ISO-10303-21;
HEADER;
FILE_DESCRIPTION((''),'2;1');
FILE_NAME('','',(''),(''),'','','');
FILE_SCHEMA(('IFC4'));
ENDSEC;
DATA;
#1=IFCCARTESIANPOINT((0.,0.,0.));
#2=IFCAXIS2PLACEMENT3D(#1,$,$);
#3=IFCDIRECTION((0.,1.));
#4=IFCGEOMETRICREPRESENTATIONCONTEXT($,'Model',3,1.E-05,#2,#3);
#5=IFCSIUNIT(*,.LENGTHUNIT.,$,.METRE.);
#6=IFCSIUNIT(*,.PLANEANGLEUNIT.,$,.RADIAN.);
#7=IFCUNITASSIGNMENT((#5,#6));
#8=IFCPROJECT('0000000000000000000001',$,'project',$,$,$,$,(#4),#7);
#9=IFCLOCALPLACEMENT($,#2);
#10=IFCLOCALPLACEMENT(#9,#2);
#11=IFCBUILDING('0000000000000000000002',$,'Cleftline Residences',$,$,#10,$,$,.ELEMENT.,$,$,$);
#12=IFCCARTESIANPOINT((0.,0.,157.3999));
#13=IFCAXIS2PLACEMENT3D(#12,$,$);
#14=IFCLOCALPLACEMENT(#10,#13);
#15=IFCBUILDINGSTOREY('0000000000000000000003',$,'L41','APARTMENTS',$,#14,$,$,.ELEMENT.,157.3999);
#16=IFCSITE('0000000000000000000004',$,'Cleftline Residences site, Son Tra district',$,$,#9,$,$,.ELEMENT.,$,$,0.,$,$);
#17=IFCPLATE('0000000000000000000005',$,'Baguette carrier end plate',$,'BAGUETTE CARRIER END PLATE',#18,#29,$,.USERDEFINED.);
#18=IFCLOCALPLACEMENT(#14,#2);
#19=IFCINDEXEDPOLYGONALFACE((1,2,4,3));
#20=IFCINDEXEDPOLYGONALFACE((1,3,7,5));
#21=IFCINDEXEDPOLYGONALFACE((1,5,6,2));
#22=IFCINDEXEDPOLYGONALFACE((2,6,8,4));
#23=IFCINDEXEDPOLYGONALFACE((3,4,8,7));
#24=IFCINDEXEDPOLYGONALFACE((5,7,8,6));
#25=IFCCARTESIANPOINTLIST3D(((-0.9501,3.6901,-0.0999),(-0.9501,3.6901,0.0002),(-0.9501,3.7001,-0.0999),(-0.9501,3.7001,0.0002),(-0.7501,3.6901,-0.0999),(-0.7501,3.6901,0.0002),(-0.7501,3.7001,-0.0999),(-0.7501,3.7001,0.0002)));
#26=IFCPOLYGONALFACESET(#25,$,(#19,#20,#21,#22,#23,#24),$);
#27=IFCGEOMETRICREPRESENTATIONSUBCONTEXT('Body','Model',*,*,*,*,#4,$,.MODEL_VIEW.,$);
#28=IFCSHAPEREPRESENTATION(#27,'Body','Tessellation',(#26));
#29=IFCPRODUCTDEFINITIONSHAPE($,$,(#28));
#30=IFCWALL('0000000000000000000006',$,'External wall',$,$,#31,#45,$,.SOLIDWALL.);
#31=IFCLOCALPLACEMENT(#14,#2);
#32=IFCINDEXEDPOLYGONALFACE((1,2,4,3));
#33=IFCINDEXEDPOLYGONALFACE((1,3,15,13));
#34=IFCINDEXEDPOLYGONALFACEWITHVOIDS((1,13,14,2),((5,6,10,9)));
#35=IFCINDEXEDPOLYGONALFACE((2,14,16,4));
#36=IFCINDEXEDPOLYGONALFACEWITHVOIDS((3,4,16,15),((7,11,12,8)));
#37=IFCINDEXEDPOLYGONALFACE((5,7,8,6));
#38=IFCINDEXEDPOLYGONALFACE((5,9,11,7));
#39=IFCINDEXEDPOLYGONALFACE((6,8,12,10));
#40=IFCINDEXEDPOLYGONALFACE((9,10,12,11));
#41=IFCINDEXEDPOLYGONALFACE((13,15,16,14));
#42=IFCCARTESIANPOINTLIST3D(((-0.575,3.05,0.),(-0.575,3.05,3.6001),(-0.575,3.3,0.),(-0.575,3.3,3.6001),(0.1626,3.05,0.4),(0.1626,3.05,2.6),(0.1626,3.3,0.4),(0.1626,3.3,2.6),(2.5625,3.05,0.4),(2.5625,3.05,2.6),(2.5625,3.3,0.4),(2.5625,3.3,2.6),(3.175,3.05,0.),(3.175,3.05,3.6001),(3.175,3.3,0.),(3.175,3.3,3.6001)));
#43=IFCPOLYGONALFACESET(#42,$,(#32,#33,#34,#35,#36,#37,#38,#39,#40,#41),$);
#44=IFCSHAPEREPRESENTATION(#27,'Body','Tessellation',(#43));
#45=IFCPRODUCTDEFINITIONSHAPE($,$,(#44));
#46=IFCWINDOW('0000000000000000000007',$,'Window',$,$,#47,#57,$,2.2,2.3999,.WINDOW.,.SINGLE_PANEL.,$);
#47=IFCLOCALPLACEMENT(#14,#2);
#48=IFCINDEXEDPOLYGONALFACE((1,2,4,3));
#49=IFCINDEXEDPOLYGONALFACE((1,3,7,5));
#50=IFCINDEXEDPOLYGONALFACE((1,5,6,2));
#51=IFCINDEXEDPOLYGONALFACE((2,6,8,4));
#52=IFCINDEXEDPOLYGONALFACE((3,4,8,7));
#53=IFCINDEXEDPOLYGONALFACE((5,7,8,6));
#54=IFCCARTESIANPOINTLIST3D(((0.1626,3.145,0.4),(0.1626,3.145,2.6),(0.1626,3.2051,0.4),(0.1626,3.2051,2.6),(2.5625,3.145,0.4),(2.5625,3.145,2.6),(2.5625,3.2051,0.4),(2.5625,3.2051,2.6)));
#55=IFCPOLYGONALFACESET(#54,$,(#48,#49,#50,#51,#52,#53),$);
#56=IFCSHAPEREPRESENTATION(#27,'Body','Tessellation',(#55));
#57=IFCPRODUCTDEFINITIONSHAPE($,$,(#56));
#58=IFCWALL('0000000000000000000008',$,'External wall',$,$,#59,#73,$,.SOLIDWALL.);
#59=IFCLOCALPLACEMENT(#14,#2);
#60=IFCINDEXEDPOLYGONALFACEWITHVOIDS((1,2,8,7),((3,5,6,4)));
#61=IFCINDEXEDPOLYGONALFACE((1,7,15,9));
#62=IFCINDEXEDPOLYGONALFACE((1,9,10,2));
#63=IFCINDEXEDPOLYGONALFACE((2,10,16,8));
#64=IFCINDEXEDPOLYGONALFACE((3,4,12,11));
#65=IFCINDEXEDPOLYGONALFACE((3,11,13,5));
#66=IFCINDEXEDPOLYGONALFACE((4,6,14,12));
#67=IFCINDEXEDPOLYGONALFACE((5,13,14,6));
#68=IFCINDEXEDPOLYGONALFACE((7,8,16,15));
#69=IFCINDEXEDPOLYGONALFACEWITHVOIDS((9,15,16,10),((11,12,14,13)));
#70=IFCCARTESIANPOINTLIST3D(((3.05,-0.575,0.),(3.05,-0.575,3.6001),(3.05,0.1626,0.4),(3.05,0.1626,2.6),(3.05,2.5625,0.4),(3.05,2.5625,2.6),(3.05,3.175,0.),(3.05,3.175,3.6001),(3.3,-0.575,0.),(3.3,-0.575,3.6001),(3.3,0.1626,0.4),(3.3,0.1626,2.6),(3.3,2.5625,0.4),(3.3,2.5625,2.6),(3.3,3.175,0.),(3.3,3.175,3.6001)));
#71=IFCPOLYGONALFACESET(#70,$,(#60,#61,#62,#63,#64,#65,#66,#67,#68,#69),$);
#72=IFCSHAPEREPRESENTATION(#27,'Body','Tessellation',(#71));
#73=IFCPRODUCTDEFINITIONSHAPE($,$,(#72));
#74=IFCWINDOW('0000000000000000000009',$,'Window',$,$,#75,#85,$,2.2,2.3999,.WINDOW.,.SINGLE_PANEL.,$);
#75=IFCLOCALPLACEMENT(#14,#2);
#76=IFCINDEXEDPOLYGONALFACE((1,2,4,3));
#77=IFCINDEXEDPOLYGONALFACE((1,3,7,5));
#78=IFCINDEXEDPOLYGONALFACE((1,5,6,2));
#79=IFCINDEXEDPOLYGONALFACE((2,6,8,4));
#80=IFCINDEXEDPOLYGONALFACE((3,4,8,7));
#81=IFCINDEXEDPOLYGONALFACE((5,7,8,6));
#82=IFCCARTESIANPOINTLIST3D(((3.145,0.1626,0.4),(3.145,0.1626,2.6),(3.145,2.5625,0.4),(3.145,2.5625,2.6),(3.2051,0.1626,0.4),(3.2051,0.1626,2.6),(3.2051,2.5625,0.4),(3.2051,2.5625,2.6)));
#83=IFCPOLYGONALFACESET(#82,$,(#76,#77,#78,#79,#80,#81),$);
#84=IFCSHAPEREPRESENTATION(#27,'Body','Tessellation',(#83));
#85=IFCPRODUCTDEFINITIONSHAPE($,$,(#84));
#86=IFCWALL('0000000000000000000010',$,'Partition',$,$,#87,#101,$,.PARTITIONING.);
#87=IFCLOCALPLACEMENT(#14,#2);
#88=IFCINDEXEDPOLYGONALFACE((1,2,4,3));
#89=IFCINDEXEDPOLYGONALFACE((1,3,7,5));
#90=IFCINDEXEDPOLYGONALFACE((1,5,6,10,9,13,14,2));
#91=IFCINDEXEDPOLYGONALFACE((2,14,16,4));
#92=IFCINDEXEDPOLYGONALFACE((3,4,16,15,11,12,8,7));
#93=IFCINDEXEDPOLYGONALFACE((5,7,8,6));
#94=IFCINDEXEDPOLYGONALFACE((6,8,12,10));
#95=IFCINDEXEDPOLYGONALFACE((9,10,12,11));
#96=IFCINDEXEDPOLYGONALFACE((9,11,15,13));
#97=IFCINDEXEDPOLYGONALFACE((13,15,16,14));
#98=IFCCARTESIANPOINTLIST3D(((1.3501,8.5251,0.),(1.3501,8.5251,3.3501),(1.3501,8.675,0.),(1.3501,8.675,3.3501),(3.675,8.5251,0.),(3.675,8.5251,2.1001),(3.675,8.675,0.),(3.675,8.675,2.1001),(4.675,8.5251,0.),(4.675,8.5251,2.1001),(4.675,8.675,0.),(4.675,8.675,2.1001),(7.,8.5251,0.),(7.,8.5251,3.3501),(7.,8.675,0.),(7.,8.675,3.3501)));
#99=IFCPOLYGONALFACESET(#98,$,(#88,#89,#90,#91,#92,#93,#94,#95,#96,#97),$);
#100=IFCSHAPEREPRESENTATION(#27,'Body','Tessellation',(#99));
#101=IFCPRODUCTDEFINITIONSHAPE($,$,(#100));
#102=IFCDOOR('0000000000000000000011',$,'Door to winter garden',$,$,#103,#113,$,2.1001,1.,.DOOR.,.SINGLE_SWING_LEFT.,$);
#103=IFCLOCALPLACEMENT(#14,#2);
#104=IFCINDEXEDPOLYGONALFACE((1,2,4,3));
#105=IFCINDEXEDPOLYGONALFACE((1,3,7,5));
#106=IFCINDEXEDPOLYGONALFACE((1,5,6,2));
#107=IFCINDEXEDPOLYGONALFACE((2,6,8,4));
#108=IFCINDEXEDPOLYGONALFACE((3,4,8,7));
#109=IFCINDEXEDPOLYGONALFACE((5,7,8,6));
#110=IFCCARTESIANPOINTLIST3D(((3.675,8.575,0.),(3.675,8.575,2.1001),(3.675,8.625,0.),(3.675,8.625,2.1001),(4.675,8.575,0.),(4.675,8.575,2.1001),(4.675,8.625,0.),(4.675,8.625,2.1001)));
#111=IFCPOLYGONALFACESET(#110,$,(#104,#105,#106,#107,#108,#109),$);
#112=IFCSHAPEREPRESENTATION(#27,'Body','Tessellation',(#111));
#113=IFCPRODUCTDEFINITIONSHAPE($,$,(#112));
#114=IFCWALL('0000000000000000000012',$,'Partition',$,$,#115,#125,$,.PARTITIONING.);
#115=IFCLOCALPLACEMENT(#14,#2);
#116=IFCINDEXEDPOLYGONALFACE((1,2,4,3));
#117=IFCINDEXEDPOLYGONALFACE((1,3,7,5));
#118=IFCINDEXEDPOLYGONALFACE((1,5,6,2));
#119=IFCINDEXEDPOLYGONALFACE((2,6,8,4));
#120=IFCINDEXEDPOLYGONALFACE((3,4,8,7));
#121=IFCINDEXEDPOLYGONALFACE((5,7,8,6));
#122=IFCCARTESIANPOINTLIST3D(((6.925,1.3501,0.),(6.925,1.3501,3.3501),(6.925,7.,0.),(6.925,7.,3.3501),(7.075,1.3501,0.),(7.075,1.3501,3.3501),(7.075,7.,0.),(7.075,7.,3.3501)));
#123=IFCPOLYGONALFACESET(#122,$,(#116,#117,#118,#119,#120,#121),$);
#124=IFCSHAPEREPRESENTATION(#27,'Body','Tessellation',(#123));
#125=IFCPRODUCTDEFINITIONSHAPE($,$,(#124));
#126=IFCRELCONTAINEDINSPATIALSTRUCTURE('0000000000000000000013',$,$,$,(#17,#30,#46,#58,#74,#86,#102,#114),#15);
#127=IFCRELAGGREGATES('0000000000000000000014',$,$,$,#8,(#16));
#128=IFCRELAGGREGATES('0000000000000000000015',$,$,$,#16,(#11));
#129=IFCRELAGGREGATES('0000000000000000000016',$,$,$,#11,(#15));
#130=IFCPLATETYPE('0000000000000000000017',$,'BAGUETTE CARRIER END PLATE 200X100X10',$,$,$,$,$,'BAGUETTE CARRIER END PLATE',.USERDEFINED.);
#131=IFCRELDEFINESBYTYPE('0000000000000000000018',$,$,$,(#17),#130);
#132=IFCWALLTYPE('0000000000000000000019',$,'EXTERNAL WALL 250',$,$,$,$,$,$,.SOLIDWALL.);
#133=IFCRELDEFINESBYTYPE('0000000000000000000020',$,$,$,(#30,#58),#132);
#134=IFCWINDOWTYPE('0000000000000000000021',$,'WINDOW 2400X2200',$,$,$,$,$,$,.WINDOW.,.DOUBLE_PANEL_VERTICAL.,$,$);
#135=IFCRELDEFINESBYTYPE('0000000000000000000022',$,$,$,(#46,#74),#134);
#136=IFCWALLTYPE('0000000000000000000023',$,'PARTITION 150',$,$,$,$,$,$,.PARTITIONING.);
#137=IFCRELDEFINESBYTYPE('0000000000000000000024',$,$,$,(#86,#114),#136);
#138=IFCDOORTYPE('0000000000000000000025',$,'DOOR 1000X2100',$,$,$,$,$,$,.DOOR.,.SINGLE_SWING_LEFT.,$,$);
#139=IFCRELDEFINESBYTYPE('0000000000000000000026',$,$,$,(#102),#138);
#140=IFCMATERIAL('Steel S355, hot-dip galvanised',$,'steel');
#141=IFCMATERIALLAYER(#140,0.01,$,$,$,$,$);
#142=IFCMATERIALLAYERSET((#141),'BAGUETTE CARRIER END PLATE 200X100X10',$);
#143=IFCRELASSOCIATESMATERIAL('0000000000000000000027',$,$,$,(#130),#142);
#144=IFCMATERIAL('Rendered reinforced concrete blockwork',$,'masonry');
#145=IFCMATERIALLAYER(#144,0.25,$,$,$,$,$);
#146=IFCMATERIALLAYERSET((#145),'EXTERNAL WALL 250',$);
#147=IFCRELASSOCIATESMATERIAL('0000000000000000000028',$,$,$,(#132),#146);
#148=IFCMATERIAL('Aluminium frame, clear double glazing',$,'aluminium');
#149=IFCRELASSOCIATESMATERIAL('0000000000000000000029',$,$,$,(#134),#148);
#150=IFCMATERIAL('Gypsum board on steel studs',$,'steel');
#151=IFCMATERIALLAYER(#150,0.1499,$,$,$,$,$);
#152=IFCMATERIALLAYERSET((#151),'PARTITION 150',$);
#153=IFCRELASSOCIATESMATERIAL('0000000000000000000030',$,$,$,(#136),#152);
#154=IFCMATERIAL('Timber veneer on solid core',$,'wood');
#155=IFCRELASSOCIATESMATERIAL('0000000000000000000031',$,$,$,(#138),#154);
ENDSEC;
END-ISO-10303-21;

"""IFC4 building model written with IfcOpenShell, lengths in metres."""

from ifc_helpers import new_model, si_unit, direction, frame, frame_2d, origin, origin_2d, place, context, subcontext, project, spatial, rectangle, extrude, material, layer, layer_set, type_object, element, fill, save


model = new_model("IFC4")

# Units and contexts
model_context = context("Model", 3, precision=1e-05, world=origin(), true_north=direction((0.0, 1.0)))
body_context = subcontext(model_context, "Body", "Model", "MODEL_VIEW")
ifc_project = project(units=[si_unit("LENGTHUNIT", "METRE"), si_unit("PLANEANGLEUNIT", "RADIAN")], contexts=[model_context])

# Site, building, storey
site_placement = place(None, origin())
site = spatial("IfcSite", under=ifc_project, at=site_placement, Name="Cleftline Residences site, Son Tra district", CompositionType="ELEMENT", RefElevation=0.0)
building_placement = place(site_placement, origin())
building = spatial("IfcBuilding", under=site, at=building_placement, Name="Cleftline Residences", CompositionType="ELEMENT")
storey_placement = place(building_placement, frame((0.0, 0.0, 157.3999)))
storey = spatial("IfcBuildingStorey", under=building, at=storey_placement, Name="L41", Description="APARTMENTS", CompositionType="ELEMENT", Elevation=157.3999)

# Plate
ifc_material_1 = material(Name="Steel S355, hot-dip galvanised", Category="steel")
ifc_layer_1 = layer(ifc_material_1, 0.01)
ifc_layer_set_1 = layer_set([ifc_layer_1], Name="BAGUETTE CARRIER END PLATE 200X100X10")
plate_type = type_object("IfcPlateType", Name="BAGUETTE CARRIER END PLATE 200X100X10", ElementType="BAGUETTE CARRIER END PLATE", PredefinedType="USERDEFINED", material=ifc_layer_set_1)
plate_placement = place(storey_placement, frame((-0.8501, 3.6951, -0.0999), z_axis=(0.0, 0.0, 1.0), x_axis=(-1.0, 0.0, 0.0)))
element("IfcPlate", 1, at=plate_placement, inside=storey, type_object=plate_type, Name="Baguette carrier end plate", ObjectType="BAGUETTE CARRIER END PLATE", PredefinedType="USERDEFINED", context=body_context, shape_type="SweptSolid", body=[
    extrude(rectangle(XDim=0.2, YDim=0.01, at=origin_2d()), origin(), (0.0, 0.0, 1.0), 0.1001),
])

# Walls, openings, windows
ifc_material_2 = material(Name="Rendered reinforced concrete blockwork", Category="masonry")
ifc_layer_2 = layer(ifc_material_2, 0.25)
ifc_layer_set_2 = layer_set([ifc_layer_2], Name="EXTERNAL WALL 250")
wall_type_1 = type_object("IfcWallType", Name="EXTERNAL WALL 250", PredefinedType="SOLIDWALL", material=ifc_layer_set_2)
wall_1_placement = place(storey_placement, frame((-0.575, 3.175, 0.0), z_axis=(0.0, 0.0, 1.0), x_axis=(1.0, 0.0, 0.0)))
wall_1 = element("IfcWall", 2, at=wall_1_placement, inside=storey, type_object=wall_type_1, Name="External wall", PredefinedType="SOLIDWALL", context=body_context, shape_type="SweptSolid", body=[
    extrude(rectangle(XDim=3.75, YDim=0.25, at=frame_2d((1.875, 0.0))), origin(), (0.0, 0.0, 1.0), 3.6001),
])
opening_1_placement = place(wall_1_placement, frame((0.7375, 0.0, 0.3999)))
opening_1 = element("IfcOpeningElement", 3, at=opening_1_placement, cuts=wall_1, PredefinedType="OPENING", context=body_context, shape_type="SweptSolid", body=[
    extrude(rectangle(XDim=2.3999, YDim=2.2, at=frame_2d((1.2, 1.1001))), frame((0.0, 0.135, 0.0), z_axis=(0.0, -1.0, 0.0), x_axis=(1.0, 0.0, 0.0)), (0.0, 0.0, 1.0), 0.27),
])
ifc_material_3 = material(Name="Aluminium frame, clear double glazing", Category="aluminium")
window_type = type_object("IfcWindowType", Name="WINDOW 2400X2200", PartitioningType="DOUBLE_PANEL_VERTICAL", PredefinedType="WINDOW", material=ifc_material_3)
window_1_placement = place(opening_1_placement, origin())
window_1 = element("IfcWindow", 4, at=window_1_placement, inside=storey, type_object=window_type, Name="Window", OverallHeight=2.2, OverallWidth=2.3999, PartitioningType="SINGLE_PANEL", PredefinedType="WINDOW", context=body_context, shape_type="SweptSolid", body=[
    extrude(rectangle(XDim=2.3999, YDim=2.2, at=frame_2d((1.2, 1.1001))), frame((0.0, 0.03, 0.0), z_axis=(0.0, -1.0, 0.0), x_axis=(1.0, 0.0, 0.0)), (0.0, 0.0, 1.0), 0.0601),
])
fill(opening_1, window_1)
wall_2_placement = place(storey_placement, frame((3.175, 3.175, 0.0), z_axis=(0.0, 0.0, 1.0), x_axis=(0.0, -1.0, 0.0)))
wall_2 = element("IfcWall", 5, at=wall_2_placement, inside=storey, type_object=wall_type_1, Name="External wall", PredefinedType="SOLIDWALL", context=body_context, shape_type="SweptSolid", body=[
    extrude(rectangle(XDim=3.75, YDim=0.25, at=frame_2d((1.875, 0.0))), origin(), (0.0, 0.0, 1.0), 3.6001),
])
opening_2_placement = place(wall_2_placement, frame((0.6125, 0.0, 0.3999)))
opening_2 = element("IfcOpeningElement", 6, at=opening_2_placement, cuts=wall_2, PredefinedType="OPENING", context=body_context, shape_type="SweptSolid", body=[
    extrude(rectangle(XDim=2.3999, YDim=2.2, at=frame_2d((1.2, 1.1001))), frame((0.0, 0.135, 0.0), z_axis=(0.0, -1.0, 0.0), x_axis=(1.0, 0.0, 0.0)), (0.0, 0.0, 1.0), 0.27),
])
window_2_placement = place(opening_2_placement, origin())
window_2 = element("IfcWindow", 7, at=window_2_placement, inside=storey, type_object=window_type, Name="Window", OverallHeight=2.2, OverallWidth=2.3999, PartitioningType="SINGLE_PANEL", PredefinedType="WINDOW", context=body_context, shape_type="SweptSolid", body=[
    extrude(rectangle(XDim=2.3999, YDim=2.2, at=frame_2d((1.2, 1.1001))), frame((0.0, 0.03, 0.0), z_axis=(0.0, -1.0, 0.0), x_axis=(1.0, 0.0, 0.0)), (0.0, 0.0, 1.0), 0.0601),
])
fill(opening_2, window_2)

# Wall, opening, door
ifc_material_4 = material(Name="Gypsum board on steel studs", Category="steel")
ifc_layer_3 = layer(ifc_material_4, 0.1499)
ifc_layer_set_3 = layer_set([ifc_layer_3], Name="PARTITION 150")
wall_type_2 = type_object("IfcWallType", Name="PARTITION 150", PredefinedType="PARTITIONING", material=ifc_layer_set_3)
wall_3_placement = place(storey_placement, frame((1.3501, 8.6001, 0.0), z_axis=(0.0, 0.0, 1.0), x_axis=(1.0, 0.0, 0.0)))
wall_3 = element("IfcWall", 8, at=wall_3_placement, inside=storey, type_object=wall_type_2, Name="Partition", PredefinedType="PARTITIONING", context=body_context, shape_type="SweptSolid", body=[
    extrude(rectangle(XDim=5.6499, YDim=0.1499, at=frame_2d((2.825, 0.0))), origin(), (0.0, 0.0, 1.0), 3.3501),
])
opening_3_placement = place(wall_3_placement, frame((2.325, 0.0, 0.0)))
opening_3 = element("IfcOpeningElement", 9, at=opening_3_placement, cuts=wall_3, PredefinedType="OPENING", context=body_context, shape_type="SweptSolid", body=[
    extrude(rectangle(XDim=1.0, YDim=2.1001, at=frame_2d((0.5, 1.05))), frame((0.0, 0.085, 0.0), z_axis=(0.0, -1.0, 0.0), x_axis=(1.0, 0.0, 0.0)), (0.0, 0.0, 1.0), 0.1699),
])
ifc_material_5 = material(Name="Timber veneer on solid core", Category="wood")
door_type = type_object("IfcDoorType", Name="DOOR 1000X2100", OperationType="SINGLE_SWING_LEFT", PredefinedType="DOOR", material=ifc_material_5)
door_placement = place(opening_3_placement, origin())
door = element("IfcDoor", 10, at=door_placement, inside=storey, type_object=door_type, Name="Door to winter garden", OperationType="SINGLE_SWING_LEFT", OverallHeight=2.1001, OverallWidth=1.0, PredefinedType="DOOR", context=body_context, shape_type="SweptSolid", body=[
    extrude(rectangle(XDim=1.0, YDim=2.1001, at=frame_2d((0.5, 1.05))), frame((0.0, 0.0249, 0.0), z_axis=(0.0, -1.0, 0.0), x_axis=(1.0, 0.0, 0.0)), (0.0, 0.0, 1.0), 0.05),
])
fill(opening_3, door)

# Wall
wall_4_placement = place(storey_placement, frame((7.0, 1.3501, 0.0), z_axis=(0.0, 0.0, 1.0), x_axis=(0.0, 1.0, 0.0)))
element("IfcWall", 11, at=wall_4_placement, inside=storey, type_object=wall_type_2, Name="Partition", PredefinedType="PARTITIONING", context=body_context, shape_type="SweptSolid", body=[
    extrude(rectangle(XDim=5.6499, YDim=0.1499, at=frame_2d((2.825, 0.0))), origin(), (0.0, 0.0, 1.0), 3.3501),
])

save(model, "model.ifc")
